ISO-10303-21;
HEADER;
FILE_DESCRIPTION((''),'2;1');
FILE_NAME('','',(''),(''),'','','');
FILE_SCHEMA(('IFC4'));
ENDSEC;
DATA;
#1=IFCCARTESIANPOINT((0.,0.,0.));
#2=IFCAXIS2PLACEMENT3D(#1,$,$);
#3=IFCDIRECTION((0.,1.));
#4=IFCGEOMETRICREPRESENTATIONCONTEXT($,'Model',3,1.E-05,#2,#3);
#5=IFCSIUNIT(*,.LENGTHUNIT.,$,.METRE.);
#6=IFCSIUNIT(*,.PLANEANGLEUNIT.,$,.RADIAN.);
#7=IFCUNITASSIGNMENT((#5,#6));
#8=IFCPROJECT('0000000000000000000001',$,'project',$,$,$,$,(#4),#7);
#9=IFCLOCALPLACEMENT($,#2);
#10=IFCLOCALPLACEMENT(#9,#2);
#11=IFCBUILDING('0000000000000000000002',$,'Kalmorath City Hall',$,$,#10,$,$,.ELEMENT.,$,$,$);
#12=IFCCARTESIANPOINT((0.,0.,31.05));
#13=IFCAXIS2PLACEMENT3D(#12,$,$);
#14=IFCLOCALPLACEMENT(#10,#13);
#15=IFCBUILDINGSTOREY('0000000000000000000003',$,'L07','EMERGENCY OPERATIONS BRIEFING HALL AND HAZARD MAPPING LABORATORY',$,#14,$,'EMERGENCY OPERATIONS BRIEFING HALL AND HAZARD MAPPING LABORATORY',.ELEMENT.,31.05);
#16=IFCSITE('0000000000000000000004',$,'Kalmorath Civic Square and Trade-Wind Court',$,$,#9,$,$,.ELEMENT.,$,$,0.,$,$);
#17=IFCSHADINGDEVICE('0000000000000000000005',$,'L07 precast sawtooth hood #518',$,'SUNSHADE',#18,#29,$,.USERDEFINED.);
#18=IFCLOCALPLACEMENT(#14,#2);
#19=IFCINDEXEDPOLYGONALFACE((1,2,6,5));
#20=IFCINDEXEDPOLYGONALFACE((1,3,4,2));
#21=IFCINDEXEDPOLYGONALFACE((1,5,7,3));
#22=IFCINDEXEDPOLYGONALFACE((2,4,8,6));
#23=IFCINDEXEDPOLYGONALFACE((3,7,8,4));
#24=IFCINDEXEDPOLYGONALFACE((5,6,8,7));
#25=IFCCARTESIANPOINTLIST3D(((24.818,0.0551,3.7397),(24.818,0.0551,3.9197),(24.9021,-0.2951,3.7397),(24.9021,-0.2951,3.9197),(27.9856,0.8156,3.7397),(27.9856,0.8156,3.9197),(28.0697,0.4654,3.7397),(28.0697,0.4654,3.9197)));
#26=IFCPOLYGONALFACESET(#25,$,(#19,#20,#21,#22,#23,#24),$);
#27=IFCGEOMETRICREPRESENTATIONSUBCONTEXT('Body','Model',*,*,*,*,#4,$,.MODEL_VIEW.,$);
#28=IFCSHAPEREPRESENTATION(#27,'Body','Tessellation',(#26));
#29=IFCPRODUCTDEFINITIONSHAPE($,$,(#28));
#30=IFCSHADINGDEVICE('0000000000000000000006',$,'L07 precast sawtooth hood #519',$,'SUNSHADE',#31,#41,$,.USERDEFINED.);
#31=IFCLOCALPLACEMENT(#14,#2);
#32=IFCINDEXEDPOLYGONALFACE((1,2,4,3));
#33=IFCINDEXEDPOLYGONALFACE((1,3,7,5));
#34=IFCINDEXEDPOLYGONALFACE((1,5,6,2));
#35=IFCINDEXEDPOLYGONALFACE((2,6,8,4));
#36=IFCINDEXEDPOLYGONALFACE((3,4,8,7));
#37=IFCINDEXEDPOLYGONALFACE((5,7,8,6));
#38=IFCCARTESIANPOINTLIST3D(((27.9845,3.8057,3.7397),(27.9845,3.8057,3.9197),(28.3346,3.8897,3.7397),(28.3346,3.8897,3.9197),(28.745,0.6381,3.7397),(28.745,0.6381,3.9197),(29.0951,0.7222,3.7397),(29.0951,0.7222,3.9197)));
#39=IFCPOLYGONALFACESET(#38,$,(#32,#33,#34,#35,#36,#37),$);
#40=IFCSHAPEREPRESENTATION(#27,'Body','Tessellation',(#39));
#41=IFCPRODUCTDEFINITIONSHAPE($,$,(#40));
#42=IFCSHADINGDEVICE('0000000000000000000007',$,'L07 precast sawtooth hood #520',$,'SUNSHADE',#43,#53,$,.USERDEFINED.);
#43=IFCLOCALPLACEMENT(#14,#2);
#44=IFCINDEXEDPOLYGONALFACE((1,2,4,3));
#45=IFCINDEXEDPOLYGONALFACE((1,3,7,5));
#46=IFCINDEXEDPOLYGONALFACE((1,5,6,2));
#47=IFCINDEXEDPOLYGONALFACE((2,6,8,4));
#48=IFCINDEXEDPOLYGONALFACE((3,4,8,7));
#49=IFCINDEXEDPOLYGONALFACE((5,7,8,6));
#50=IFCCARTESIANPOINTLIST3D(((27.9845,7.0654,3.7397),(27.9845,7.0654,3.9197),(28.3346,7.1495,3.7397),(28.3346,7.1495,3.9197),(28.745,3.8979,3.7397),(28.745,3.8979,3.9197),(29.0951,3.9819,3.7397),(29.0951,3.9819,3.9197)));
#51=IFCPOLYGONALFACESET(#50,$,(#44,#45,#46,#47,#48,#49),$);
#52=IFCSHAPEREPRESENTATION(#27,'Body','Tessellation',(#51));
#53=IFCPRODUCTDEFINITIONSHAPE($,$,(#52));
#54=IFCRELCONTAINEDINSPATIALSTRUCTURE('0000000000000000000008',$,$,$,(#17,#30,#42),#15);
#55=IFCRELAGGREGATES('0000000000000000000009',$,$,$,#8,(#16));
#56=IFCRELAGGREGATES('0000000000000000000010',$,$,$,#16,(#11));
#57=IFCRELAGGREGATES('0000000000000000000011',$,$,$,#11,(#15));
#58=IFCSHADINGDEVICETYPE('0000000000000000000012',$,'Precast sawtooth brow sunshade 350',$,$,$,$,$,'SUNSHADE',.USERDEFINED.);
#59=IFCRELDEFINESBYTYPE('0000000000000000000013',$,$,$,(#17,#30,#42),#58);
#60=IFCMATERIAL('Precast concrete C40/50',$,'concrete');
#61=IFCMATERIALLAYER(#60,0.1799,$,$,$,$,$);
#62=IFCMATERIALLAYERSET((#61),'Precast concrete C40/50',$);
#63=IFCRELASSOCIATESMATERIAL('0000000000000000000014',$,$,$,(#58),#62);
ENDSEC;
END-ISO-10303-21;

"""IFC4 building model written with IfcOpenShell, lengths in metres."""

from ifc_helpers import new_model, si_unit, direction, frame, origin, origin_2d, place, context, subcontext, project, spatial, rectangle, extrude, material, layer, layer_set, type_object, element, save


model = new_model("IFC4")

# Units and contexts
model_context = context("Model", 3, precision=1e-05, world=origin(), true_north=direction((0.0, 1.0)))
body_context = subcontext(model_context, "Body", "Model", "MODEL_VIEW")
ifc_project = project(units=[si_unit("LENGTHUNIT", "METRE"), si_unit("PLANEANGLEUNIT", "RADIAN")], contexts=[model_context])

# Site, building, storey
site_placement = place(None, origin())
site = spatial("IfcSite", under=ifc_project, at=site_placement, Name="Kalmorath Civic Square and Trade-Wind Court", CompositionType="ELEMENT", RefElevation=0.0)
building_placement = place(site_placement, origin())
building = spatial("IfcBuilding", under=site, at=building_placement, Name="Kalmorath City Hall", CompositionType="ELEMENT")
storey_placement = place(building_placement, frame((0.0, 0.0, 31.05)))
storey = spatial("IfcBuildingStorey", under=building, at=storey_placement, Name="L07", Description="EMERGENCY OPERATIONS BRIEFING HALL AND HAZARD MAPPING LABORATORY", LongName="EMERGENCY OPERATIONS BRIEFING HALL AND HAZARD MAPPING LABORATORY", CompositionType="ELEMENT", Elevation=31.05)

# Shading devices
ifc_material_1 = material(Name="Precast concrete C40/50", Category="concrete")
ifc_layer_1 = layer(ifc_material_1, 0.1799)
ifc_layer_set_1 = layer_set([ifc_layer_1], Name="Precast concrete C40/50")
shading_device_type = type_object("IfcShadingDeviceType", Name="Precast sawtooth brow sunshade 350", ElementType="SUNSHADE", PredefinedType="USERDEFINED", material=ifc_layer_set_1)
for number, where, z_axis, x_axis, name in (
    (1, (26.4438, 0.2603, 3.7397), (0.0, 0.0, 1.0), (0.972366, 0.233462, 0.0), "L07 precast sawtooth hood #518"),
    (2, (28.5398, 2.2639, 3.7397), (0.0, 0.0, 1.0), (-0.233462, 0.972366, 0.0), "L07 precast sawtooth hood #519"),
    (3, (28.5398, 5.5237, 3.7397), (0.0, 0.0, 1.0), (-0.233462, 0.972366, 0.0), "L07 precast sawtooth hood #520"),
):
    element("IfcShadingDevice", number, at=place(storey_placement, frame(where, z_axis=z_axis, x_axis=x_axis)), inside=storey, type_object=shading_device_type, Name=name, ObjectType="SUNSHADE", PredefinedType="USERDEFINED", context=body_context, shape_type="SweptSolid", body=[
        extrude(rectangle(XDim=3.2576, YDim=0.3601, at=origin_2d()), origin(), (0.0, 0.0, 1.0), 0.1799),
    ])

save(model, "model.ifc")
